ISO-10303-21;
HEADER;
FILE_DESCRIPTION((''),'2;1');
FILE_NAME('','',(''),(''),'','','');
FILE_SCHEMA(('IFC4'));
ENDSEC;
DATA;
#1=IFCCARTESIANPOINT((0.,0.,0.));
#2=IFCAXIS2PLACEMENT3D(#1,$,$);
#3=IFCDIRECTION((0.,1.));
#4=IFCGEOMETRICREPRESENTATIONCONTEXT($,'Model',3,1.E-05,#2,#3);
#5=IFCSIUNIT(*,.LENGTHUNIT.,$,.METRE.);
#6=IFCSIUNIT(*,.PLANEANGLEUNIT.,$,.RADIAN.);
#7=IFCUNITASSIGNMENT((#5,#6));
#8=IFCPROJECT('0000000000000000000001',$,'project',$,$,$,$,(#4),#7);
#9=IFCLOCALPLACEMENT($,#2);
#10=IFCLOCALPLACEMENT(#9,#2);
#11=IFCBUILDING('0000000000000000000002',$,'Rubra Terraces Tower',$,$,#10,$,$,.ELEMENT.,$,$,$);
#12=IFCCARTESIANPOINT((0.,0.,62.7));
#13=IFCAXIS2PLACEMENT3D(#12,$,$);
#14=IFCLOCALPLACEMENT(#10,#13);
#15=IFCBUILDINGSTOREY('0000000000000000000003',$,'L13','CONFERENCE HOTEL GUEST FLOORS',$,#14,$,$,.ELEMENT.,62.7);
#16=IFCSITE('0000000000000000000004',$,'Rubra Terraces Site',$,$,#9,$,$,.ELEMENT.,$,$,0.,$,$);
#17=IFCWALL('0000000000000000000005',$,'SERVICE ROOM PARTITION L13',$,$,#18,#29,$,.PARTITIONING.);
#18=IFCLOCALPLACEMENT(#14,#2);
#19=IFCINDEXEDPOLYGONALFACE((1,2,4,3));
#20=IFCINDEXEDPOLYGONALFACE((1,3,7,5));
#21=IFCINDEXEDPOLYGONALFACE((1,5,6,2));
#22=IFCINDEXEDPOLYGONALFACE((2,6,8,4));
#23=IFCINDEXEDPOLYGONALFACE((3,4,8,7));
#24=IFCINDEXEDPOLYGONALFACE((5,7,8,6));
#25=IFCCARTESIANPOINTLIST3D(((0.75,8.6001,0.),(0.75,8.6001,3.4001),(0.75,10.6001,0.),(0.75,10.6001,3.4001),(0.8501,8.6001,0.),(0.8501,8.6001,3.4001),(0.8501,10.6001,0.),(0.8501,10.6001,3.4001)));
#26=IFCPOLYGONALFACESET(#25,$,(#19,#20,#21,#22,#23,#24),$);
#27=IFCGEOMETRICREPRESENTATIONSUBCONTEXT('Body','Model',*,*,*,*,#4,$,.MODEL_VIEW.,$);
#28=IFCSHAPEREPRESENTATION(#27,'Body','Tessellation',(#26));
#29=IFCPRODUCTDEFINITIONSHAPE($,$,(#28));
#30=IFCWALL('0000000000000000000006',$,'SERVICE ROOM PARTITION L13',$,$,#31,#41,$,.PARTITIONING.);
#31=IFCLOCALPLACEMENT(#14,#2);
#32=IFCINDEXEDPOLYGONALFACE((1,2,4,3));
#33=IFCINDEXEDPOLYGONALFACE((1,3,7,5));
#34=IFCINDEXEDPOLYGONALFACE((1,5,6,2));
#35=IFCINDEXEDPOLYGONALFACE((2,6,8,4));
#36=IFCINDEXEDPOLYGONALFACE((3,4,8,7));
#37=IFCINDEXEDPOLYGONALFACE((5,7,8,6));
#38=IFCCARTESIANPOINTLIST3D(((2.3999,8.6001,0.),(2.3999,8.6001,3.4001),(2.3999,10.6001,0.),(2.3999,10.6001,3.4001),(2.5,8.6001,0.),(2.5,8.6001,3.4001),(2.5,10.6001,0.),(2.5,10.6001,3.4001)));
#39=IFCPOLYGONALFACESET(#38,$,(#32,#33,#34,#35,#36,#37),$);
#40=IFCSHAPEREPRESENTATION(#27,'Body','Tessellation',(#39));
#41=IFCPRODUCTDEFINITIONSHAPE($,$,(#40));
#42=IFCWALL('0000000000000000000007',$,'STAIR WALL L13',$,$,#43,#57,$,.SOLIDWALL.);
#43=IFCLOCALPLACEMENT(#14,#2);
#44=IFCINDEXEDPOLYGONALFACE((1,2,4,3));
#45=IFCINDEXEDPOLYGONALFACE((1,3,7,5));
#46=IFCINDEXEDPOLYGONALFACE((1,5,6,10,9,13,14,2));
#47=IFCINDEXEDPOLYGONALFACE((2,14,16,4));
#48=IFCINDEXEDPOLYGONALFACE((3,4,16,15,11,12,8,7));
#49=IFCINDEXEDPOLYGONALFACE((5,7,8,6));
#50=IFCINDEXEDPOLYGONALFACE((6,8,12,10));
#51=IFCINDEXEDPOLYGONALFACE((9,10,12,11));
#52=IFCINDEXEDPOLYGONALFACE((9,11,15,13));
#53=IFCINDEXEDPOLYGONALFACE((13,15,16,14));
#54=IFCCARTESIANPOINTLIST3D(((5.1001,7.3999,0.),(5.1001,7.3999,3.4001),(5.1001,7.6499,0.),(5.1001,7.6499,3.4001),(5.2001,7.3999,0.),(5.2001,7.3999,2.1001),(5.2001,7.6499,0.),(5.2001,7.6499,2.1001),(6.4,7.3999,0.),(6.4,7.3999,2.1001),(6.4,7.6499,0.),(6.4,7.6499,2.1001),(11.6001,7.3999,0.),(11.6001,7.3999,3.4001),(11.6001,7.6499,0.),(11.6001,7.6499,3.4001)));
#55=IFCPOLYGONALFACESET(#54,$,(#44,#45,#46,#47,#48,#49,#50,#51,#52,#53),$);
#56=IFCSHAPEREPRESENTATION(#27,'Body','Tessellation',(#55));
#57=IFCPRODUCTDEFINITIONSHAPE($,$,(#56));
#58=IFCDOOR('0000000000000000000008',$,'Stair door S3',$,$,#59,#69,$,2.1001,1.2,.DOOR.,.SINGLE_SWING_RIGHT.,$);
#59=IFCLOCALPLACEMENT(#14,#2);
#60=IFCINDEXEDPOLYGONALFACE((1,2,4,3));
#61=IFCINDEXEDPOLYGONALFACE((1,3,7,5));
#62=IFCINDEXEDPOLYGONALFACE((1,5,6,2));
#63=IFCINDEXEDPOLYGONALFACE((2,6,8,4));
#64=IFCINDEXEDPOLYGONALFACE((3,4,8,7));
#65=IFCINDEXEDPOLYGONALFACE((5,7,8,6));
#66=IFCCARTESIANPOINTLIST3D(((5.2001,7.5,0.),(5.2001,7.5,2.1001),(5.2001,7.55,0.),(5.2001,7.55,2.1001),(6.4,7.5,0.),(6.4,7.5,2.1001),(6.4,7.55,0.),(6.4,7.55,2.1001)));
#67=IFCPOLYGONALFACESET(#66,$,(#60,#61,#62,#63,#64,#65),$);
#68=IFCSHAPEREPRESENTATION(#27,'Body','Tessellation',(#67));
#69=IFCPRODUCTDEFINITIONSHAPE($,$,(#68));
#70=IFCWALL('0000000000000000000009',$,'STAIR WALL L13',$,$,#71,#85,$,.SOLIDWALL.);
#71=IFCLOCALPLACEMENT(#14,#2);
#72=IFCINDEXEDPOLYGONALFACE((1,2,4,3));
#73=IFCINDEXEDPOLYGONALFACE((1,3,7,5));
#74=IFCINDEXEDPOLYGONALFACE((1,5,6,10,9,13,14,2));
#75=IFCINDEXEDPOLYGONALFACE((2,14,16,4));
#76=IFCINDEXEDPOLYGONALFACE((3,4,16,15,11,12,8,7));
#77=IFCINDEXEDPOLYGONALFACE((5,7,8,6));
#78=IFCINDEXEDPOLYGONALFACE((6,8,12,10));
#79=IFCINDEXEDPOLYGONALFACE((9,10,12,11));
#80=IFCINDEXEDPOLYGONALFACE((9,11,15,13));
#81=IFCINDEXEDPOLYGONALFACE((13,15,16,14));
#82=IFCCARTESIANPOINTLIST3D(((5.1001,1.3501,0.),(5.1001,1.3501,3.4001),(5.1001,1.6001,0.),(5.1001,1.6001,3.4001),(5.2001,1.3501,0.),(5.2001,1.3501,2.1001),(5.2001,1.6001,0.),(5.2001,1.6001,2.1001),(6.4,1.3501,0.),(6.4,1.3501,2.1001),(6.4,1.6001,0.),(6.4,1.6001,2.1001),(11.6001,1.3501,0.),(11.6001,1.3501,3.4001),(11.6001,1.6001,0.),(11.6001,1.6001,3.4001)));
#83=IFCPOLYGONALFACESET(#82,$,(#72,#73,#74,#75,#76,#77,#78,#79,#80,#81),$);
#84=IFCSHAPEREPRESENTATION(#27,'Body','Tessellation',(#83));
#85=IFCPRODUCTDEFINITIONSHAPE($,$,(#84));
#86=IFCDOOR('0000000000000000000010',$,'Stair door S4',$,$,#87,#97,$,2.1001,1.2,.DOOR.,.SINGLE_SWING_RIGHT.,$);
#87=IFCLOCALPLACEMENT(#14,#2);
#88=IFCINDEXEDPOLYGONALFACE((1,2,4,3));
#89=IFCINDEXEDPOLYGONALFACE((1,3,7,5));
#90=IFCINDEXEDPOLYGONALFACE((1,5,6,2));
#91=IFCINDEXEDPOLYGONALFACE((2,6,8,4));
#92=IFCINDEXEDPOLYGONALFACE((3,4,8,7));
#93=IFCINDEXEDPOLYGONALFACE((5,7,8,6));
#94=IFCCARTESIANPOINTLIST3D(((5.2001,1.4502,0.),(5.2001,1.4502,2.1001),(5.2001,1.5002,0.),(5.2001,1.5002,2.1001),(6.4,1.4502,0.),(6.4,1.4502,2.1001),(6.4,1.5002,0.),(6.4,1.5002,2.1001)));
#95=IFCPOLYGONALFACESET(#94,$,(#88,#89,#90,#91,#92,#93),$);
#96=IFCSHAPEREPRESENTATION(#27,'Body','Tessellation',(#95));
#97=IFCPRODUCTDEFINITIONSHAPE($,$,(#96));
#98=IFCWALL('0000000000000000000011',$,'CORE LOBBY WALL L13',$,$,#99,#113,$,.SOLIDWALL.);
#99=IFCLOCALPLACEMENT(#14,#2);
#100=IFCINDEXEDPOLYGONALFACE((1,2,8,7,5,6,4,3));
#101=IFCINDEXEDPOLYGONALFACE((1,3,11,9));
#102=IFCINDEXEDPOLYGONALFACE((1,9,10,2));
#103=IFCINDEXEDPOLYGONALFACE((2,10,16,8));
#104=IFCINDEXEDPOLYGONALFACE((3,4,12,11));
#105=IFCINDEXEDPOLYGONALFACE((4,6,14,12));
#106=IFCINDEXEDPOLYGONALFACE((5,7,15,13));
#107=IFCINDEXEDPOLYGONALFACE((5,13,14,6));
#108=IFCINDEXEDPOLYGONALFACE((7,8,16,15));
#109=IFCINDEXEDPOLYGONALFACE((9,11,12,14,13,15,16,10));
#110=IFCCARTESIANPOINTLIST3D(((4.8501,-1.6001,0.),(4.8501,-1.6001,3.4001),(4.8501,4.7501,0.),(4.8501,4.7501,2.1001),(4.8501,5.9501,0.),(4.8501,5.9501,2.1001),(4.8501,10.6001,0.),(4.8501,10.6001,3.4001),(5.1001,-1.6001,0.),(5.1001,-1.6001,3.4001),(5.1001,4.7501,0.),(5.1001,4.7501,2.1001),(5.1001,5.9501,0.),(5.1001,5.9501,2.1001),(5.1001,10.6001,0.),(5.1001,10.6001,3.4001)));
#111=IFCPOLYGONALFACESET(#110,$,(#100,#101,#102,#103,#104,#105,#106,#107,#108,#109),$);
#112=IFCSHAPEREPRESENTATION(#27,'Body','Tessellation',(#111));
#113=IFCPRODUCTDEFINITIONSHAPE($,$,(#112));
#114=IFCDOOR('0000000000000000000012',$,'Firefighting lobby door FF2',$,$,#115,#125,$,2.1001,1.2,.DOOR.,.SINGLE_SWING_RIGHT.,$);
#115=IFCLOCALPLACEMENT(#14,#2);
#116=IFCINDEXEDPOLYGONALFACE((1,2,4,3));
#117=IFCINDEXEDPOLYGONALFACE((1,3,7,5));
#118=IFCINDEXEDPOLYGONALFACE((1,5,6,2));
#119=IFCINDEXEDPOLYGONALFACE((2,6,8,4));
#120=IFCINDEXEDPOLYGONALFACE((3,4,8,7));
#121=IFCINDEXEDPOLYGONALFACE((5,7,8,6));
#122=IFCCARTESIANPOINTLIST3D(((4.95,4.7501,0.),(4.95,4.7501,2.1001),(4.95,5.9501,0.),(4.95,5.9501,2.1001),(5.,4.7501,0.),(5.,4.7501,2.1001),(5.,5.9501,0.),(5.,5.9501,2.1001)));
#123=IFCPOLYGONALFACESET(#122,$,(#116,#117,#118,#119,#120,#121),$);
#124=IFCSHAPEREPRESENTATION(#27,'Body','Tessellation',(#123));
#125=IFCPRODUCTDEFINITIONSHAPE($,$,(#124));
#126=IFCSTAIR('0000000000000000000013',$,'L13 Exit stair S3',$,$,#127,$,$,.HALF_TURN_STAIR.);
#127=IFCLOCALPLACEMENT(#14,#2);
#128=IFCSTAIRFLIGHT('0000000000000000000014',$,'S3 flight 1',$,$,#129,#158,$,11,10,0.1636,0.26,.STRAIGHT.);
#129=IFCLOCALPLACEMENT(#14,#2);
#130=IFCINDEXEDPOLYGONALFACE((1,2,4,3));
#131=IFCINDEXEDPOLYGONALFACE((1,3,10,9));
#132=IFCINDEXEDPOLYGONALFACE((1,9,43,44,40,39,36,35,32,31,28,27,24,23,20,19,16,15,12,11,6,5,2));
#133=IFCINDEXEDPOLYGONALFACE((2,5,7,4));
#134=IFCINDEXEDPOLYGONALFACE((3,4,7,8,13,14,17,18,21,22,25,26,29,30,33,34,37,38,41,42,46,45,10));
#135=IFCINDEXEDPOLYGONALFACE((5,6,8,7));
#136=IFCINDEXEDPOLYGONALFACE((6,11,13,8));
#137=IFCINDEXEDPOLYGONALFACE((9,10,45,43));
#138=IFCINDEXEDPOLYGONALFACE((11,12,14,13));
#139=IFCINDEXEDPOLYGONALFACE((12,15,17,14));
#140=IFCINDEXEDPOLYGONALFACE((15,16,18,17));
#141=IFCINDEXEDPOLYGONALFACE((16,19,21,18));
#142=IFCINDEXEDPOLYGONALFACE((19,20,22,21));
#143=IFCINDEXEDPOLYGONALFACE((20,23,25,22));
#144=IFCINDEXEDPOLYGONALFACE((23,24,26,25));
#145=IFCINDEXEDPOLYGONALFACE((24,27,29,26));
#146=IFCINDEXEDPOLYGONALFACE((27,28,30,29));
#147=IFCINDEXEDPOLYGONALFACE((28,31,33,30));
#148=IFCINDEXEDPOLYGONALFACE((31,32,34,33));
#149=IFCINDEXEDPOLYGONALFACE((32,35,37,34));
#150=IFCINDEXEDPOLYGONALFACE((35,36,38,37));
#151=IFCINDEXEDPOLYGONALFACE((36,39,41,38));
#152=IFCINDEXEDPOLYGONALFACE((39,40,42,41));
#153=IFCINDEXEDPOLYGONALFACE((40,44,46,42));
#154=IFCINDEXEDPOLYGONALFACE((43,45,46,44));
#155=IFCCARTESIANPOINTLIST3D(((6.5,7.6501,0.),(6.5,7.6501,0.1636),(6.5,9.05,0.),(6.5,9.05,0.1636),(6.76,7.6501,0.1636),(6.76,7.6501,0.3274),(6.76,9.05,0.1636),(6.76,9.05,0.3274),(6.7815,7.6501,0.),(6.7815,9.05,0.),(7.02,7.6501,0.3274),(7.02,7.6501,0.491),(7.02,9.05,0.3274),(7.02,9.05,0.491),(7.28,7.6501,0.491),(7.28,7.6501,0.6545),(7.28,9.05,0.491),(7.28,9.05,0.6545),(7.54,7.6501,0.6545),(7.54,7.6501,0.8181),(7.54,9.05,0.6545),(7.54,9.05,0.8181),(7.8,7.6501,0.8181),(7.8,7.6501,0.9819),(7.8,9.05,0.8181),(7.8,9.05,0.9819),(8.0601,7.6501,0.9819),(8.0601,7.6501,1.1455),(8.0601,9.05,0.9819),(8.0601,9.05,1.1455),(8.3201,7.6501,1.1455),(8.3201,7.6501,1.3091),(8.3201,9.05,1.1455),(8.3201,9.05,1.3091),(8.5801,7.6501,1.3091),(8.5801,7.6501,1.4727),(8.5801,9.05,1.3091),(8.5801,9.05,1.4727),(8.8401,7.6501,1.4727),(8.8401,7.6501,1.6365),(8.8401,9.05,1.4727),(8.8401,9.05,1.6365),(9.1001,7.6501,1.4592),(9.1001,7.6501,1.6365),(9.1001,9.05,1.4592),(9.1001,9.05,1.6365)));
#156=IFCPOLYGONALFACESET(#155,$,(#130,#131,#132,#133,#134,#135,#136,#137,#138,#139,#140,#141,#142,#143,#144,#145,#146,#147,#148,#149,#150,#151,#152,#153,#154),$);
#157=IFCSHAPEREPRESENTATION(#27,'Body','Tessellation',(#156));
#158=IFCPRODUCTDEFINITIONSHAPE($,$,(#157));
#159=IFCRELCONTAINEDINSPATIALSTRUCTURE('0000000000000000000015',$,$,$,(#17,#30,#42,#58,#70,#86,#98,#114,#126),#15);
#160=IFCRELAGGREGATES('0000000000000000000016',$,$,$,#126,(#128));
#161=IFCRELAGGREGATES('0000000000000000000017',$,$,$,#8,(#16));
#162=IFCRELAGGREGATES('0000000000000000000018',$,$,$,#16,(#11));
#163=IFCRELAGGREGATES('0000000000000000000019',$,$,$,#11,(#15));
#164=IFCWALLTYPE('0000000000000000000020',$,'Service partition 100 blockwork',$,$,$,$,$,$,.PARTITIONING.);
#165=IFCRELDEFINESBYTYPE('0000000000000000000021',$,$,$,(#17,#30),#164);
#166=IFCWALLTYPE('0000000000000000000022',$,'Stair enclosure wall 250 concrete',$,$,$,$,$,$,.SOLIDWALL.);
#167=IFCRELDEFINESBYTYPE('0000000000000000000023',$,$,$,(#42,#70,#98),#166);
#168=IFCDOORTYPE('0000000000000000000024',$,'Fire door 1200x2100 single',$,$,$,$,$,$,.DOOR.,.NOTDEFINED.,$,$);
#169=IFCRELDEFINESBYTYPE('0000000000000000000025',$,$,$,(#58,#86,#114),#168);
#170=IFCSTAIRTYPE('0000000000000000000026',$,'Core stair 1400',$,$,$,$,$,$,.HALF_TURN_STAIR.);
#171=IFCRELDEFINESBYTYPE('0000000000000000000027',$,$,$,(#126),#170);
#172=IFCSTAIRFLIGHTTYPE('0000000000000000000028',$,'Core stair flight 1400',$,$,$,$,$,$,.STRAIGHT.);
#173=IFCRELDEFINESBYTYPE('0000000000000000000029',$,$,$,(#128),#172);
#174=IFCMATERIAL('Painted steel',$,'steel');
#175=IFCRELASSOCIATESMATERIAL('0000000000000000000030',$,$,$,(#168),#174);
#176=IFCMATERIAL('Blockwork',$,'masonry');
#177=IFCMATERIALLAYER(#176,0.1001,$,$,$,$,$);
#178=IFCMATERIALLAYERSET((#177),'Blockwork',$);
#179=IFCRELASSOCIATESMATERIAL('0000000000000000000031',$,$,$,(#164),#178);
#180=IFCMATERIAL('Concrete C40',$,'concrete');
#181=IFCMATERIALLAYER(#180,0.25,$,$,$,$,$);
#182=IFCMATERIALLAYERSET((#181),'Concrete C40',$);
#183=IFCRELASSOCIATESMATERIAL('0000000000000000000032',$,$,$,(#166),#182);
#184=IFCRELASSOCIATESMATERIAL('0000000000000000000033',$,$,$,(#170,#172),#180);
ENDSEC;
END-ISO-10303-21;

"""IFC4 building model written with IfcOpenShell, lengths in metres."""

from ifc_helpers import new_model, si_unit, direction, frame, frame_2d, origin, place, context, subcontext, project, spatial, polyline, rectangle, outline, extrude, material, layer, layer_set, type_object, element, fill, aggregate, save


model = new_model("IFC4")

# Units and contexts
model_context = context("Model", 3, precision=1e-05, world=origin(), true_north=direction((0.0, 1.0)))
body_context = subcontext(model_context, "Body", "Model", "MODEL_VIEW")
ifc_project = project(units=[si_unit("LENGTHUNIT", "METRE"), si_unit("PLANEANGLEUNIT", "RADIAN")], contexts=[model_context])

# Site, building, storey
site_placement = place(None, origin())
site = spatial("IfcSite", under=ifc_project, at=site_placement, Name="Rubra Terraces Site", CompositionType="ELEMENT", RefElevation=0.0)
building_placement = place(site_placement, origin())
building = spatial("IfcBuilding", under=site, at=building_placement, Name="Rubra Terraces Tower", CompositionType="ELEMENT")
storey_placement = place(building_placement, frame((0.0, 0.0, 62.7)))
storey = spatial("IfcBuildingStorey", under=building, at=storey_placement, Name="L13", Description="CONFERENCE HOTEL GUEST FLOORS", CompositionType="ELEMENT", Elevation=62.7)

# Shared definitions
ifc_material_1 = material(Name="Painted steel", Category="steel")
door_type_1 = type_object("IfcDoorType", Name="Fire door 1200x2100 single", OperationType="NOTDEFINED", PredefinedType="DOOR", material=ifc_material_1)

# Walls
ifc_material_2 = material(Name="Blockwork", Category="masonry")
ifc_layer_1 = layer(ifc_material_2, 0.1001)
ifc_layer_set_1 = layer_set([ifc_layer_1], Name="Blockwork")
wall_type_1 = type_object("IfcWallType", Name="Service partition 100 blockwork", PredefinedType="PARTITIONING", material=ifc_layer_set_1)
for number, where, z_axis, x_axis, name in (
    (1, (0.8, 8.6001, 0.0), (0.0, 0.0, 1.0), (0.0, 1.0, 0.0), "SERVICE ROOM PARTITION L13"),
    (2, (2.45, 8.6001, 0.0), (0.0, 0.0, 1.0), (0.0, 1.0, 0.0), "SERVICE ROOM PARTITION L13"),
):
    element("IfcWall", number, at=place(storey_placement, frame(where, z_axis=z_axis, x_axis=x_axis)), inside=storey, type_object=wall_type_1, Name=name, PredefinedType="PARTITIONING", context=body_context, shape_type="SweptSolid", body=[
        extrude(rectangle(XDim=2.0, YDim=0.1001, at=frame_2d((1.0, 0.0))), origin(), (0.0, 0.0, 1.0), 3.4001),
    ])

# Walls, openings, doors
ifc_material_3 = material(Name="Concrete C40", Category="concrete")
ifc_layer_2 = layer(ifc_material_3, 0.25)
ifc_layer_set_2 = layer_set([ifc_layer_2], Name="Concrete C40")
wall_type_2 = type_object("IfcWallType", Name="Stair enclosure wall 250 concrete", PredefinedType="SOLIDWALL", material=ifc_layer_set_2)
wall_1_placement = place(storey_placement, frame((11.6001, 7.5249, 0.0), z_axis=(0.0, 0.0, 1.0), x_axis=(-1.0, 0.0, 0.0)))
wall_1 = element("IfcWall", 3, at=wall_1_placement, inside=storey, type_object=wall_type_2, Name="STAIR WALL L13", PredefinedType="SOLIDWALL", context=body_context, shape_type="SweptSolid", body=[
    extrude(rectangle(XDim=6.5, YDim=0.25, at=frame_2d((3.25, 0.0))), origin(), (0.0, 0.0, 1.0), 3.4001),
])
opening_1_placement = place(wall_1_placement, frame((5.2, 0.0, 0.0)))
opening_1 = element("IfcOpeningElement", 4, at=opening_1_placement, cuts=wall_1, PredefinedType="OPENING", context=body_context, shape_type="SweptSolid", body=[
    extrude(rectangle(XDim=1.2, YDim=2.1001, at=frame_2d((0.6001, 1.05))), frame((0.0, 0.135, 0.0), z_axis=(0.0, -1.0, 0.0), x_axis=(1.0, 0.0, 0.0)), (0.0, 0.0, 1.0), 0.27),
])
door_1_placement = place(opening_1_placement, origin())
door_1 = element("IfcDoor", 5, at=door_1_placement, inside=storey, type_object=door_type_1, Name="Stair door S3", OperationType="SINGLE_SWING_RIGHT", OverallHeight=2.1001, OverallWidth=1.2, PredefinedType="DOOR", context=body_context, shape_type="SweptSolid", body=[
    extrude(rectangle(XDim=1.2, YDim=2.1001, at=frame_2d((0.6001, 1.05))), frame((0.0, 0.0249, 0.0), z_axis=(0.0, -1.0, 0.0), x_axis=(1.0, 0.0, 0.0)), (0.0, 0.0, 1.0), 0.05),
])
fill(opening_1, door_1)
wall_2_placement = place(storey_placement, frame((11.6001, 1.4751, 0.0), z_axis=(0.0, 0.0, 1.0), x_axis=(-1.0, 0.0, 0.0)))
wall_2 = element("IfcWall", 6, at=wall_2_placement, inside=storey, type_object=wall_type_2, Name="STAIR WALL L13", PredefinedType="SOLIDWALL", context=body_context, shape_type="SweptSolid", body=[
    extrude(rectangle(XDim=6.5, YDim=0.25, at=frame_2d((3.25, 0.0))), origin(), (0.0, 0.0, 1.0), 3.4001),
])
opening_2_placement = place(wall_2_placement, frame((5.2, 0.0, 0.0)))
opening_2 = element("IfcOpeningElement", 7, at=opening_2_placement, cuts=wall_2, PredefinedType="OPENING", context=body_context, shape_type="SweptSolid", body=[
    extrude(rectangle(XDim=1.2, YDim=2.1001, at=frame_2d((0.6001, 1.05))), frame((0.0, 0.135, 0.0), z_axis=(0.0, -1.0, 0.0), x_axis=(1.0, 0.0, 0.0)), (0.0, 0.0, 1.0), 0.27),
])
door_2_placement = place(opening_2_placement, origin())
door_2 = element("IfcDoor", 8, at=door_2_placement, inside=storey, type_object=door_type_1, Name="Stair door S4", OperationType="SINGLE_SWING_RIGHT", OverallHeight=2.1001, OverallWidth=1.2, PredefinedType="DOOR", context=body_context, shape_type="SweptSolid", body=[
    extrude(rectangle(XDim=1.2, YDim=2.1001, at=frame_2d((0.6001, 1.05))), frame((0.0, 0.0249, 0.0), z_axis=(0.0, -1.0, 0.0), x_axis=(1.0, 0.0, 0.0)), (0.0, 0.0, 1.0), 0.05),
])
fill(opening_2, door_2)
wall_3_placement = place(storey_placement, frame((4.9751, 10.6001, 0.0), z_axis=(0.0, 0.0, 1.0), x_axis=(0.0, -1.0, 0.0)))
wall_3 = element("IfcWall", 9, at=wall_3_placement, inside=storey, type_object=wall_type_2, Name="CORE LOBBY WALL L13", PredefinedType="SOLIDWALL", context=body_context, shape_type="SweptSolid", body=[
    extrude(rectangle(XDim=12.2002, YDim=0.25, at=frame_2d((6.1001, 0.0))), origin(), (0.0, 0.0, 1.0), 3.4001),
])
opening_3_placement = place(wall_3_placement, frame((4.6499, 0.0, 0.0)))
opening_3 = element("IfcOpeningElement", 10, at=opening_3_placement, cuts=wall_3, PredefinedType="OPENING", context=body_context, shape_type="SweptSolid", body=[
    extrude(rectangle(XDim=1.2, YDim=2.1001, at=frame_2d((0.6001, 1.05))), frame((0.0, 0.135, 0.0), z_axis=(0.0, -1.0, 0.0), x_axis=(1.0, 0.0, 0.0)), (0.0, 0.0, 1.0), 0.27),
])
door_3_placement = place(opening_3_placement, origin())
door_3 = element("IfcDoor", 11, at=door_3_placement, inside=storey, type_object=door_type_1, Name="Firefighting lobby door FF2", OperationType="SINGLE_SWING_RIGHT", OverallHeight=2.1001, OverallWidth=1.2, PredefinedType="DOOR", context=body_context, shape_type="SweptSolid", body=[
    extrude(rectangle(XDim=1.2, YDim=2.1001, at=frame_2d((0.6001, 1.05))), frame((0.0, 0.0249, 0.0), z_axis=(0.0, -1.0, 0.0), x_axis=(1.0, 0.0, 0.0)), (0.0, 0.0, 1.0), 0.05),
])
fill(opening_3, door_3)

# Stair, stair flight
stair_type = type_object("IfcStairType", Name="Core stair 1400", PredefinedType="HALF_TURN_STAIR", material=ifc_material_3)
stair_1_placement = place(storey_placement, origin())
stair_1 = element("IfcStair", 12, at=stair_1_placement, inside=storey, type_object=stair_type, Name="L13 Exit stair S3", PredefinedType="HALF_TURN_STAIR")
stair_flight_type = type_object("IfcStairFlightType", Name="Core stair flight 1400", PredefinedType="STRAIGHT", material=ifc_material_3)
stair_flight_1_placement = place(storey_placement, frame((6.5, 8.3501, 0.0), z_axis=(0.0, 0.0, 1.0), x_axis=(1.0, 0.0, 0.0)))
stair_flight_1 = element("IfcStairFlight", 13, at=stair_flight_1_placement, type_object=stair_flight_type, Name="S3 flight 1", NumberOfRisers=11, NumberOfTreads=10, PredefinedType="STRAIGHT", RiserHeight=0.1636, TreadLength=0.26, context=body_context, shape_type="SweptSolid", body=[
    extrude(outline(polyline([(0.0, 0.0), (0.0, 0.1636), (0.26, 0.1636), (0.26, 0.3274), (0.52, 0.3274), (0.52, 0.491), (0.78, 0.491), (0.78, 0.6545), (1.04, 0.6545), (1.04, 0.8181), (1.3, 0.8181), (1.3, 0.9819), (1.5601, 0.9819), (1.5601, 1.1455), (1.8201, 1.1455), (1.8201, 1.3091), (2.0801, 1.3091), (2.0801, 1.4727), (2.3401, 1.4727), (2.3401, 1.6365), (2.6001, 1.6365), (2.6001, 1.8), (2.6001, 1.4592), (0.2815, 0.0), (0.0, 0.0)])), frame((0.0, 0.7, 0.0), z_axis=(0.0, -1.0, 0.0), x_axis=(1.0, 0.0, 0.0)), (0.0, 0.0, 1.0), 1.3999),
])
aggregate(stair_1, [stair_flight_1])

save(model, "model.ifc")
